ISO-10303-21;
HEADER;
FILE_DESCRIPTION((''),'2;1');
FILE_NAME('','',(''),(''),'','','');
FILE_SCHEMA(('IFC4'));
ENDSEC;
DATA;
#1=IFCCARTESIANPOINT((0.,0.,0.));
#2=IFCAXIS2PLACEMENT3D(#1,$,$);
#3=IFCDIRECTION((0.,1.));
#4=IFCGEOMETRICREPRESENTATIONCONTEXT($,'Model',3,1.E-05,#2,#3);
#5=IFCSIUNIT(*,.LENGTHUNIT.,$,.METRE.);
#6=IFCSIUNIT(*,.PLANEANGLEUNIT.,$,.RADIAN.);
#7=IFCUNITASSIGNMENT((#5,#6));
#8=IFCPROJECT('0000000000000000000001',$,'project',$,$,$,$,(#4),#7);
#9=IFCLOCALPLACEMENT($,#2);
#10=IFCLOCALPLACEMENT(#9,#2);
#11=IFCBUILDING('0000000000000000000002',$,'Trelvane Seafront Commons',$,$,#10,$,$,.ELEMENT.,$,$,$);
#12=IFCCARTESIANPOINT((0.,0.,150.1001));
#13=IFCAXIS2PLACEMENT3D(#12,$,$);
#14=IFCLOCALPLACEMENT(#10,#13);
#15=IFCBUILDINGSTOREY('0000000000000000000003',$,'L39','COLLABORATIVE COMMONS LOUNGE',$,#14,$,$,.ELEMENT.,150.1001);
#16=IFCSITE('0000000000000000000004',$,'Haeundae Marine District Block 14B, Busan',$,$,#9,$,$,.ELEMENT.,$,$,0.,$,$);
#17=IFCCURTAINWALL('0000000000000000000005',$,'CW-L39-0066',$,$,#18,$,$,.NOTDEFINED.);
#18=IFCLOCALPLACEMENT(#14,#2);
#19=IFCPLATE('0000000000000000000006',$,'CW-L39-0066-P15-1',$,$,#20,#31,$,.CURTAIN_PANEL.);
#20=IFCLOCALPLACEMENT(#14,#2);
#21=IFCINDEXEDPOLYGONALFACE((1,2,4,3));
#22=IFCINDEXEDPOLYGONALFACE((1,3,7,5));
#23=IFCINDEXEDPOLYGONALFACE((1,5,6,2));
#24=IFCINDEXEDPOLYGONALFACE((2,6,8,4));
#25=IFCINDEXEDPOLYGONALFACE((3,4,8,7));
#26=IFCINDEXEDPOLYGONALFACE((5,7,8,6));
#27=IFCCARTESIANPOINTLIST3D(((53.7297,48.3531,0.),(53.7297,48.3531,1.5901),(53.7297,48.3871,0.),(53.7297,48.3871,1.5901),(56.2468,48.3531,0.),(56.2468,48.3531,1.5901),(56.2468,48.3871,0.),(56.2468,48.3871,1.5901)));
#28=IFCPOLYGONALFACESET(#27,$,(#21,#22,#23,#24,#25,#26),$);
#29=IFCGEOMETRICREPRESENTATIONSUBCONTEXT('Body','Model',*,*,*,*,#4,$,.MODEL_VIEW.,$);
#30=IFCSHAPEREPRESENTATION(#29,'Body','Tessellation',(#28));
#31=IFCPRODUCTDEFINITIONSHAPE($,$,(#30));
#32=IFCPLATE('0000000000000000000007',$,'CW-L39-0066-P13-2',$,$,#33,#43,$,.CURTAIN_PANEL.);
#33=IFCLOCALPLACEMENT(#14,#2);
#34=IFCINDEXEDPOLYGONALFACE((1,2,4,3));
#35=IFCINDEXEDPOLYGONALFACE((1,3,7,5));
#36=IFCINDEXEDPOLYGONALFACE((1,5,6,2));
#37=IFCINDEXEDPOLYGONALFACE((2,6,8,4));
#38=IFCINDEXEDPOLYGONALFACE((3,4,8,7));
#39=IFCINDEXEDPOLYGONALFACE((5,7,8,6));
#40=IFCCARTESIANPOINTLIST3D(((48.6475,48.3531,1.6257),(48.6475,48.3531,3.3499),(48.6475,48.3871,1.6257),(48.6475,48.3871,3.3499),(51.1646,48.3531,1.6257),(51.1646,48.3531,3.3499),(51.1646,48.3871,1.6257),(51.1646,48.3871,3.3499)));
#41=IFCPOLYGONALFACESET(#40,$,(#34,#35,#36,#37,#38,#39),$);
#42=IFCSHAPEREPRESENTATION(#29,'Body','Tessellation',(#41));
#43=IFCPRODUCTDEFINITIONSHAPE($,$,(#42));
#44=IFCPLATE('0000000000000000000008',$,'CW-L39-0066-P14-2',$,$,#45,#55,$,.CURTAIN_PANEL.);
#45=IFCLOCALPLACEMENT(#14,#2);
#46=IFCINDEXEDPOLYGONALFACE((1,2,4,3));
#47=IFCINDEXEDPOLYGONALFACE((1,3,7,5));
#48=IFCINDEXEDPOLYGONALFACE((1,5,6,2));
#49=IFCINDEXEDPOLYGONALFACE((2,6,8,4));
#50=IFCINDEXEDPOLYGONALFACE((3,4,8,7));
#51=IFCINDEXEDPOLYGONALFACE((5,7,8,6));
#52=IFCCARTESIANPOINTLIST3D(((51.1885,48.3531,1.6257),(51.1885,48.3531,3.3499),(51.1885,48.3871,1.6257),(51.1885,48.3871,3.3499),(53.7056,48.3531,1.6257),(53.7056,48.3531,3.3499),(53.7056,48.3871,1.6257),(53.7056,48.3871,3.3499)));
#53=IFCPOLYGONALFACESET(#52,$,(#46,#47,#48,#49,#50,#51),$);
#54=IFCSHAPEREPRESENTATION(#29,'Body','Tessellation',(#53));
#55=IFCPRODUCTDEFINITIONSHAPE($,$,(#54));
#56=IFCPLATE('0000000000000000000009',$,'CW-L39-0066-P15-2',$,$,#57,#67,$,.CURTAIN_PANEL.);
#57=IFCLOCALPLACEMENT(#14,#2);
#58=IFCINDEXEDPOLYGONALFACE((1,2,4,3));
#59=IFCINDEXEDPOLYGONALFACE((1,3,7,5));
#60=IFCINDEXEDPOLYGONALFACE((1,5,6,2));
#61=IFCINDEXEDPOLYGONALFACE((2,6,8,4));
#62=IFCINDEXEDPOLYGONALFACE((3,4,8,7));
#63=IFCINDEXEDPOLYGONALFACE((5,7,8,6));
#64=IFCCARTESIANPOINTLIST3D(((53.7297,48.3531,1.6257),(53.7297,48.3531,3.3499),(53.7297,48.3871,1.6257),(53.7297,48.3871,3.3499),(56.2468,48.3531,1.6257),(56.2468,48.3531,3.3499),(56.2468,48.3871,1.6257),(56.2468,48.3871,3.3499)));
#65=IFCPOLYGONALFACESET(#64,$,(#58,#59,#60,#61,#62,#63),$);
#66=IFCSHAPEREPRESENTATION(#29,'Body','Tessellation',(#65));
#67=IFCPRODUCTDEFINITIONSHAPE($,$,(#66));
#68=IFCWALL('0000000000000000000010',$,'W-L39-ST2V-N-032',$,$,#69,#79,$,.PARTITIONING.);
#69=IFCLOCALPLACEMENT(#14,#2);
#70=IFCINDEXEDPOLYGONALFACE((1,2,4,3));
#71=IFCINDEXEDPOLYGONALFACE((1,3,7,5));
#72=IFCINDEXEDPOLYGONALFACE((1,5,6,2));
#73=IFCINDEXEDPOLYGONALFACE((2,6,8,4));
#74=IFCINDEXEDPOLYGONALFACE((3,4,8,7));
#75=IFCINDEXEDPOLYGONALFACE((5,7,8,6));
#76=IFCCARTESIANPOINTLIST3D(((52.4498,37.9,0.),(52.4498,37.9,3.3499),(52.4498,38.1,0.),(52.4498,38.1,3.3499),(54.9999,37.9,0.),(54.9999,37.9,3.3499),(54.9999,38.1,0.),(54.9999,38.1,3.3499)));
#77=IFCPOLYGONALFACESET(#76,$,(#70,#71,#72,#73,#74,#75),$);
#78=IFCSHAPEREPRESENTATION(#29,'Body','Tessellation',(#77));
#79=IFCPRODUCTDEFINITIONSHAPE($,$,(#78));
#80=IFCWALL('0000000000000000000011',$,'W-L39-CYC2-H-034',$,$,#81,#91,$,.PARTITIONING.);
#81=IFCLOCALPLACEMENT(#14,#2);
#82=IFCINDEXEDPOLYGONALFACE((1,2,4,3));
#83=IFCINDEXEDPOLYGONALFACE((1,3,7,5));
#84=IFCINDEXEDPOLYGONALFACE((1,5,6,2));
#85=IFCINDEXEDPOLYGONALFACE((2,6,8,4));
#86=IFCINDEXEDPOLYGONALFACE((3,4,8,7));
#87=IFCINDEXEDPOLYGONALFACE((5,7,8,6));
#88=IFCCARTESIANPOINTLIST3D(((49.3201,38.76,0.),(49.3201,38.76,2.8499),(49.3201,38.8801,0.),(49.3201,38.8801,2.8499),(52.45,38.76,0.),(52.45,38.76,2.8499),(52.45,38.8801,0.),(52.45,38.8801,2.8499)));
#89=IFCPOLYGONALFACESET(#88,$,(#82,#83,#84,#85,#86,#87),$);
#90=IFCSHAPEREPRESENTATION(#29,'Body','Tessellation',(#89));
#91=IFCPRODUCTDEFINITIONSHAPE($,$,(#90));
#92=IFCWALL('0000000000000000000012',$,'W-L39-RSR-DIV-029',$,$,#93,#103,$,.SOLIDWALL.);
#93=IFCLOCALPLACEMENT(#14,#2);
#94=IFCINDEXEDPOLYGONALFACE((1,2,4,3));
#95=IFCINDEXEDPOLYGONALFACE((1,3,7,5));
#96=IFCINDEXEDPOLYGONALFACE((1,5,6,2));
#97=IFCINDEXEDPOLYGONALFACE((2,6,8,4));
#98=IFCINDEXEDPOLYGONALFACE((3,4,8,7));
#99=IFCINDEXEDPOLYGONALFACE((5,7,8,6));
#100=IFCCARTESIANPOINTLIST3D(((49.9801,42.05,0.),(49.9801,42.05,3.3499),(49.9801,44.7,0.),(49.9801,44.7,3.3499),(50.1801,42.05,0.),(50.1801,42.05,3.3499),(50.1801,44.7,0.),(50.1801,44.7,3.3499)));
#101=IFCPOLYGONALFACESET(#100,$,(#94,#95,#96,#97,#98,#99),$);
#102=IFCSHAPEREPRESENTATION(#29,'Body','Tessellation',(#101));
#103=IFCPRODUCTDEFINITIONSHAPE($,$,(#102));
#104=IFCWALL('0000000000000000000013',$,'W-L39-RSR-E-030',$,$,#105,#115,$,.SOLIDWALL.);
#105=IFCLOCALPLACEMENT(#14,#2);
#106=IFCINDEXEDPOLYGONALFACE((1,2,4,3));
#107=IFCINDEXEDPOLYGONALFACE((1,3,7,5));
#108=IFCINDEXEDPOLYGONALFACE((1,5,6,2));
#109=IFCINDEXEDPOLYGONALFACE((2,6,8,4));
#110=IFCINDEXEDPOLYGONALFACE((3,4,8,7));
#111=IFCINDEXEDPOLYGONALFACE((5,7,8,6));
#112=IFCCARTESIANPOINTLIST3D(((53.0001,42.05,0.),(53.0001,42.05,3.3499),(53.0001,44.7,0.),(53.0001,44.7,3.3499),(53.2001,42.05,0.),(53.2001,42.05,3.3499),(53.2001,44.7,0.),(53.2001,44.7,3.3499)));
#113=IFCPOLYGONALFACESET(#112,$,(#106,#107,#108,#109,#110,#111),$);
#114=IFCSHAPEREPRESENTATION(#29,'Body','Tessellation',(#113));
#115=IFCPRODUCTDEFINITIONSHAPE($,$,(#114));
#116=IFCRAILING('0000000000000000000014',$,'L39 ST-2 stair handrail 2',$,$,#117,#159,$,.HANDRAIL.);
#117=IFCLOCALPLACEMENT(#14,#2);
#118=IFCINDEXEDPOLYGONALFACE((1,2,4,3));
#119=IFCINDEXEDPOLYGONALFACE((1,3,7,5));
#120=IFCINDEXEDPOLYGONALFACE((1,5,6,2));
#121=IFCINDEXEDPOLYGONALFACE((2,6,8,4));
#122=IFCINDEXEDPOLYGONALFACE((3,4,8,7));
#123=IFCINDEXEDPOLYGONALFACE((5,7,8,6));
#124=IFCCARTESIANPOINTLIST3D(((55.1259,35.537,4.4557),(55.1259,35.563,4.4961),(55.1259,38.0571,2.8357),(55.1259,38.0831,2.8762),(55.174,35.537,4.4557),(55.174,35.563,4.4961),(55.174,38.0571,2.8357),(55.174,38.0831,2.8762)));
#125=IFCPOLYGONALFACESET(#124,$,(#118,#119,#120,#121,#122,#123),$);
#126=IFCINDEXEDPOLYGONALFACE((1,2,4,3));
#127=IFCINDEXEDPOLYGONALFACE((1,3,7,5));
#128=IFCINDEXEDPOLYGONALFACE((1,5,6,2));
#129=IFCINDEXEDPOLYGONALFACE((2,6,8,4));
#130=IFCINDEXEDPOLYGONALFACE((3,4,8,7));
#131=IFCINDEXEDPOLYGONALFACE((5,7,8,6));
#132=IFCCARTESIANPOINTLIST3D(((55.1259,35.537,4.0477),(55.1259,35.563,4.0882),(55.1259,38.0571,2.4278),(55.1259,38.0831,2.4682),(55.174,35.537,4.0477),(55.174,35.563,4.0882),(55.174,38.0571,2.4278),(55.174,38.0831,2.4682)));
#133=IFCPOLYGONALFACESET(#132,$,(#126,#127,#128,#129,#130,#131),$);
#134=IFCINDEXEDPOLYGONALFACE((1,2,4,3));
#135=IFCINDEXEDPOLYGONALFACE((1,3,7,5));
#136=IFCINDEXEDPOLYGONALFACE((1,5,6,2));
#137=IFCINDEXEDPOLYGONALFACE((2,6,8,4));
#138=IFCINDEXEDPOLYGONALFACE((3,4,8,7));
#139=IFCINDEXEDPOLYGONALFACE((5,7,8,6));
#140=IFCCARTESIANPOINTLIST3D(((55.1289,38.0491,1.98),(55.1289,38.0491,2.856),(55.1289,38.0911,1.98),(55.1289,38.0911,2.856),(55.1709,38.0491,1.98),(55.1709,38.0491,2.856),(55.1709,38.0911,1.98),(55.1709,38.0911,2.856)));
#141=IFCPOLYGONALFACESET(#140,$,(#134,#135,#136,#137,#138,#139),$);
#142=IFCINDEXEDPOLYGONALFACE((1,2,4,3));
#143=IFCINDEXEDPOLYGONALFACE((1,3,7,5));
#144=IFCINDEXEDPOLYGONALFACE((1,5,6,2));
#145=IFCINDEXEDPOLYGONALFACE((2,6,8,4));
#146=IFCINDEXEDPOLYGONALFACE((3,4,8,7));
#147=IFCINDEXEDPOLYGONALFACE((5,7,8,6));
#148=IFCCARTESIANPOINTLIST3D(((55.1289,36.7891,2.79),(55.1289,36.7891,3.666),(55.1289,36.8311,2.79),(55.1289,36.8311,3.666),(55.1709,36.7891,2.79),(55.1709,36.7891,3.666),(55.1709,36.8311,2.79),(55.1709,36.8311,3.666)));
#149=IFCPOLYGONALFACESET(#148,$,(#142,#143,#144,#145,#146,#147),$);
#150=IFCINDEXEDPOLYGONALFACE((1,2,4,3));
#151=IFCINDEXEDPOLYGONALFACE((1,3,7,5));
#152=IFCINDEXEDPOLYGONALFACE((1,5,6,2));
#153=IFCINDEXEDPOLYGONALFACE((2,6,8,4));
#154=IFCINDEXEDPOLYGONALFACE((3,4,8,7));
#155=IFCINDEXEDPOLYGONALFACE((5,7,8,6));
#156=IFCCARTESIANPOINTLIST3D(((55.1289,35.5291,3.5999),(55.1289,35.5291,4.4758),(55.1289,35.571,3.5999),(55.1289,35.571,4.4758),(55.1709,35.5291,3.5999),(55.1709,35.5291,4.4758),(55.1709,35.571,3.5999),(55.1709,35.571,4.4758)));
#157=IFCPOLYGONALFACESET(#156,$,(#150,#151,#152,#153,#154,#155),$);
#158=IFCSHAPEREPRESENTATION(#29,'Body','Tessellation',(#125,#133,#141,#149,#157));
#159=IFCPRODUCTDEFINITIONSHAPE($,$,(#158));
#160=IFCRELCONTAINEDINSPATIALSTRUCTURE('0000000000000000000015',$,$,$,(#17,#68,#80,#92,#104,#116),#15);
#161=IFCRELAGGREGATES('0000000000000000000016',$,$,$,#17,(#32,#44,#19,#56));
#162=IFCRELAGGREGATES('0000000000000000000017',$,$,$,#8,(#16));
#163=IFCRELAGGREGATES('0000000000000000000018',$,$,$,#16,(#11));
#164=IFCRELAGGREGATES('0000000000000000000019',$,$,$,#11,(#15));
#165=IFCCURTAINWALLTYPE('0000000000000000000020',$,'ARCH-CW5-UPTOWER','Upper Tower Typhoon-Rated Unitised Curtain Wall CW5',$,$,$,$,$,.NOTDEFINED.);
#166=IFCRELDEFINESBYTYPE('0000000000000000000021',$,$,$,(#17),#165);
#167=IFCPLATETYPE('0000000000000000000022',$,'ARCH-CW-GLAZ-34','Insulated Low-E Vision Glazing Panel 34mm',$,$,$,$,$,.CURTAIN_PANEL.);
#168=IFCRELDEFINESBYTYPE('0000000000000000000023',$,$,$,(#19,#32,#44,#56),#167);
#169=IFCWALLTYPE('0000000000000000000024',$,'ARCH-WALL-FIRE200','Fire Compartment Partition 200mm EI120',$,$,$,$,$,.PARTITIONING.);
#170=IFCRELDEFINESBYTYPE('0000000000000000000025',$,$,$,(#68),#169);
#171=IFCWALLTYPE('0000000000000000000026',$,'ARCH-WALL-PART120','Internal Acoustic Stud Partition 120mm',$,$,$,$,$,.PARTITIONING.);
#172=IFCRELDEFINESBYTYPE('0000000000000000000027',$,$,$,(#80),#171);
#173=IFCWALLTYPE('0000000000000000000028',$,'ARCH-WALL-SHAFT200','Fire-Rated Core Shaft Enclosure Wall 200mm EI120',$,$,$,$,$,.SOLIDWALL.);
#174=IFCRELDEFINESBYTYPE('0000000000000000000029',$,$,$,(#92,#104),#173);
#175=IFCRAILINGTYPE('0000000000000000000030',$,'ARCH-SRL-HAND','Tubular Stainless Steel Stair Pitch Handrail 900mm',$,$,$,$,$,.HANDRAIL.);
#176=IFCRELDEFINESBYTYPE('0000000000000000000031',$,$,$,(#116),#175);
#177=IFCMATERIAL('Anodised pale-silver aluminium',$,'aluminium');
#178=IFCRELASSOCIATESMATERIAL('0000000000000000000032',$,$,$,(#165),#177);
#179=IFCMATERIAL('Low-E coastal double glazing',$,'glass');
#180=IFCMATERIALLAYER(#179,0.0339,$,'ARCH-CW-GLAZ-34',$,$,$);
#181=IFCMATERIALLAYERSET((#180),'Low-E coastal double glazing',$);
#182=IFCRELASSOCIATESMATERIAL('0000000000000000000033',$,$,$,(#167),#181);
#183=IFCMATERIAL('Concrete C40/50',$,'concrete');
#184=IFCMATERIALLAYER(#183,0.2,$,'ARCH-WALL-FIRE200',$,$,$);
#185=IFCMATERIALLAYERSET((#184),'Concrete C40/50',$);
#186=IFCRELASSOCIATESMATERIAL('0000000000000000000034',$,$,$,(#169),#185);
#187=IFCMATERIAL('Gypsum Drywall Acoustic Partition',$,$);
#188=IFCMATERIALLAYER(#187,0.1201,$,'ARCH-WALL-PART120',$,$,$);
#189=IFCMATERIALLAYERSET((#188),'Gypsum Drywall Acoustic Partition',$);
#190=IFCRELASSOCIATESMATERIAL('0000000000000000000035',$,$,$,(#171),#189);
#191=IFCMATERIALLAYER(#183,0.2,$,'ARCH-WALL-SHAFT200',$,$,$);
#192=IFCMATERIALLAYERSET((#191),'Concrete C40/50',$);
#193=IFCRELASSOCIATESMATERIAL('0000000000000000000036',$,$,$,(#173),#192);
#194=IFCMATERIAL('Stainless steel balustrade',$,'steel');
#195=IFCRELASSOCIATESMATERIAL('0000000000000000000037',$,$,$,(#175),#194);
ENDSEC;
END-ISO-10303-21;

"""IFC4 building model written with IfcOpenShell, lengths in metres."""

from ifc_helpers import new_model, si_unit, direction, frame, frame_2d, origin, origin_2d, place, context, subcontext, project, spatial, rectangle, extrude, source, transform, mapped, material, layer, layer_set, type_object, element, aggregate, save


model = new_model("IFC4")

# Units and contexts
model_context = context("Model", 3, precision=1e-05, world=origin(), true_north=direction((0.0, 1.0)))
body_context = subcontext(model_context, "Body", "Model", "MODEL_VIEW")
ifc_project = project(units=[si_unit("LENGTHUNIT", "METRE"), si_unit("PLANEANGLEUNIT", "RADIAN")], contexts=[model_context])

# Site, building, storey
site_placement = place(None, origin())
site = spatial("IfcSite", under=ifc_project, at=site_placement, Name="Haeundae Marine District Block 14B, Busan", CompositionType="ELEMENT", RefElevation=0.0)
building_placement = place(site_placement, origin())
building = spatial("IfcBuilding", under=site, at=building_placement, Name="Trelvane Seafront Commons", CompositionType="ELEMENT")
storey_placement = place(building_placement, frame((0.0, 0.0, 150.1001)))
storey = spatial("IfcBuildingStorey", under=building, at=storey_placement, Name="L39", Description="COLLABORATIVE COMMONS LOUNGE", CompositionType="ELEMENT", Elevation=150.1001)

# Curtain wall
ifc_material_1 = material(Name="Anodised pale-silver aluminium", Category="aluminium")
curtain_wall_type = type_object("IfcCurtainWallType", Name="ARCH-CW5-UPTOWER", Description="Upper Tower Typhoon-Rated Unitised Curtain Wall CW5", PredefinedType="NOTDEFINED", material=ifc_material_1)
curtain_wall_placement = place(storey_placement, origin())
curtain_wall = element("IfcCurtainWall", 1, at=curtain_wall_placement, inside=storey, type_object=curtain_wall_type, Name="CW-L39-0066", PredefinedType="NOTDEFINED")

# Plates
ifc_material_2 = material(Name="Low-E coastal double glazing", Category="glass")
ifc_layer_1 = layer(ifc_material_2, 0.0339, Name="ARCH-CW-GLAZ-34")
ifc_layer_set_1 = layer_set([ifc_layer_1], Name="Low-E coastal double glazing")
plate_type_1 = type_object("IfcPlateType", Name="ARCH-CW-GLAZ-34", Description="Insulated Low-E Vision Glazing Panel 34mm", PredefinedType="CURTAIN_PANEL", material=ifc_layer_set_1)
shared_shape_1 = source(origin(), body_context, "Body", "SweptSolid", [
    extrude(rectangle(XDim=2.5171, YDim=0.0339, at=origin_2d()), origin(), (0.0, 0.0, 1.0), 1.5901),
])
plate_1_placement = place(storey_placement, frame((54.9883, 48.3701, 0.0), z_axis=(0.0, 0.0, 1.0), x_axis=(1.0, 0.0, 0.0)))
plate_1 = element("IfcPlate", 2, at=plate_1_placement, type_object=plate_type_1, Name="CW-L39-0066-P15-1", PredefinedType="CURTAIN_PANEL", context=body_context, shape_type="MappedRepresentation", body=[
    mapped(shared_shape_1, transform((0.0, 0.0, 0.0), x_axis=(1.0, 0.0, 0.0), y_axis=(0.0, 1.0, 0.0), z_axis=(0.0, 0.0, 1.0), scale=1.0)),
])
shared_shape_2 = source(origin(), body_context, "Body", "SweptSolid", [
    extrude(rectangle(XDim=2.5171, YDim=0.0339, at=origin_2d()), origin(), (0.0, 0.0, 1.0), 1.7241),
])
plate_2_placement = place(storey_placement, frame((49.906, 48.3701, 1.6257), z_axis=(0.0, 0.0, 1.0), x_axis=(1.0, 0.0, 0.0)))
plate_2 = element("IfcPlate", 3, at=plate_2_placement, type_object=plate_type_1, Name="CW-L39-0066-P13-2", PredefinedType="CURTAIN_PANEL", context=body_context, shape_type="MappedRepresentation", body=[
    mapped(shared_shape_2, transform((0.0, 0.0, 0.0), x_axis=(1.0, 0.0, 0.0), y_axis=(0.0, 1.0, 0.0), z_axis=(0.0, 0.0, 1.0), scale=1.0)),
])
plate_3_placement = place(storey_placement, frame((52.447, 48.3701, 1.6257), z_axis=(0.0, 0.0, 1.0), x_axis=(1.0, 0.0, 0.0)))
plate_3 = element("IfcPlate", 4, at=plate_3_placement, type_object=plate_type_1, Name="CW-L39-0066-P14-2", PredefinedType="CURTAIN_PANEL", context=body_context, shape_type="MappedRepresentation", body=[
    mapped(shared_shape_2, transform((0.0, 0.0, 0.0), x_axis=(1.0, 0.0, 0.0), y_axis=(0.0, 1.0, 0.0), z_axis=(0.0, 0.0, 1.0), scale=1.0)),
])
plate_4_placement = place(storey_placement, frame((54.9883, 48.3701, 1.6257), z_axis=(0.0, 0.0, 1.0), x_axis=(1.0, 0.0, 0.0)))
plate_4 = element("IfcPlate", 5, at=plate_4_placement, type_object=plate_type_1, Name="CW-L39-0066-P15-2", PredefinedType="CURTAIN_PANEL", context=body_context, shape_type="MappedRepresentation", body=[
    mapped(shared_shape_2, transform((0.0, 0.0, 0.0), x_axis=(1.0, 0.0, 0.0), y_axis=(0.0, 1.0, 0.0), z_axis=(0.0, 0.0, 1.0), scale=1.0)),
])
aggregate(curtain_wall, [plate_2, plate_3, plate_1, plate_4])

# Walls
ifc_material_3 = material(Name="Concrete C40/50", Category="concrete")
ifc_layer_2 = layer(ifc_material_3, 0.2, Name="ARCH-WALL-FIRE200")
ifc_layer_set_2 = layer_set([ifc_layer_2], Name="Concrete C40/50")
wall_type_1 = type_object("IfcWallType", Name="ARCH-WALL-FIRE200", Description="Fire Compartment Partition 200mm EI120", PredefinedType="PARTITIONING", material=ifc_layer_set_2)
wall_1_placement = place(storey_placement, frame((52.45, 38.0, 0.0), z_axis=(0.0, 0.0, 1.0), x_axis=(1.0, 0.0, 0.0)))
element("IfcWall", 6, at=wall_1_placement, inside=storey, type_object=wall_type_1, Name="W-L39-ST2V-N-032", PredefinedType="PARTITIONING", context=body_context, shape_type="SweptSolid", body=[
    extrude(rectangle(XDim=2.55, YDim=0.2, at=frame_2d((1.2749, 0.0))), origin(), (0.0, 0.0, 1.0), 3.3499),
])
ifc_material_4 = material(Name="Gypsum Drywall Acoustic Partition")
ifc_layer_3 = layer(ifc_material_4, 0.1201, Name="ARCH-WALL-PART120")
ifc_layer_set_3 = layer_set([ifc_layer_3], Name="Gypsum Drywall Acoustic Partition")
wall_type_2 = type_object("IfcWallType", Name="ARCH-WALL-PART120", Description="Internal Acoustic Stud Partition 120mm", PredefinedType="PARTITIONING", material=ifc_layer_set_3)
wall_2_placement = place(storey_placement, frame((49.3201, 38.8201, 0.0), z_axis=(0.0, 0.0, 1.0), x_axis=(1.0, 0.0, 0.0)))
element("IfcWall", 7, at=wall_2_placement, inside=storey, type_object=wall_type_2, Name="W-L39-CYC2-H-034", PredefinedType="PARTITIONING", context=body_context, shape_type="SweptSolid", body=[
    extrude(rectangle(XDim=3.1299, YDim=0.1201, at=frame_2d((1.5649, 0.0))), origin(), (0.0, 0.0, 1.0), 2.8499),
])
ifc_layer_4 = layer(ifc_material_3, 0.2, Name="ARCH-WALL-SHAFT200")
ifc_layer_set_4 = layer_set([ifc_layer_4], Name="Concrete C40/50")
wall_type_3 = type_object("IfcWallType", Name="ARCH-WALL-SHAFT200", Description="Fire-Rated Core Shaft Enclosure Wall 200mm EI120", PredefinedType="SOLIDWALL", material=ifc_layer_set_4)
for number, where, z_axis, x_axis, name in (
    (8, (50.0801, 42.05, 0.0), (0.0, 0.0, 1.0), (0.0, 1.0, 0.0), "W-L39-RSR-DIV-029"),
    (9, (53.1001, 42.05, 0.0), (0.0, 0.0, 1.0), (0.0, 1.0, 0.0), "W-L39-RSR-E-030"),
):
    element("IfcWall", number, at=place(storey_placement, frame(where, z_axis=z_axis, x_axis=x_axis)), inside=storey, type_object=wall_type_3, Name=name, PredefinedType="SOLIDWALL", context=body_context, shape_type="SweptSolid", body=[
        extrude(rectangle(XDim=2.6499, YDim=0.2, at=frame_2d((1.325, 0.0))), origin(), (0.0, 0.0, 1.0), 3.3499),
    ])

# Railing
ifc_material_5 = material(Name="Stainless steel balustrade", Category="steel")
railing_type = type_object("IfcRailingType", Name="ARCH-SRL-HAND", Description="Tubular Stainless Steel Stair Pitch Handrail 900mm", PredefinedType="HANDRAIL", material=ifc_material_5)
railing_placement = place(storey_placement, frame((55.1499, 38.0701, 1.98)))
element("IfcRailing", 10, at=railing_placement, inside=storey, type_object=railing_type, Name="L39 ST-2 stair handrail 2", PredefinedType="HANDRAIL", context=body_context, shape_type="SweptSolid", body=[
    extrude(rectangle(XDim=0.0481, YDim=0.0481, at=origin_2d()), frame((0.0, 0.0, 0.876), z_axis=(0.0, -0.8412, 0.540725), x_axis=(1.0, 0.0, 0.0)), (0.0, 0.0, 1.0), 2.9958),
    extrude(rectangle(XDim=0.0481, YDim=0.0481, at=origin_2d()), frame((0.0, 0.0, 0.468), z_axis=(0.0, -0.8412, 0.540725), x_axis=(1.0, 0.0, 0.0)), (0.0, 0.0, 1.0), 2.9958),
    extrude(rectangle(XDim=0.042, YDim=0.042, at=origin_2d()), origin(), (0.0, 0.0, 1.0), 0.876),
    extrude(rectangle(XDim=0.042, YDim=0.042, at=origin_2d()), frame((0.0, -1.26, 0.8101)), (0.0, 0.0, 1.0), 0.876),
    extrude(rectangle(XDim=0.042, YDim=0.042, at=origin_2d()), frame((0.0, -2.52, 1.6199)), (0.0, 0.0, 1.0), 0.876),
])

save(model, "model.ifc")
